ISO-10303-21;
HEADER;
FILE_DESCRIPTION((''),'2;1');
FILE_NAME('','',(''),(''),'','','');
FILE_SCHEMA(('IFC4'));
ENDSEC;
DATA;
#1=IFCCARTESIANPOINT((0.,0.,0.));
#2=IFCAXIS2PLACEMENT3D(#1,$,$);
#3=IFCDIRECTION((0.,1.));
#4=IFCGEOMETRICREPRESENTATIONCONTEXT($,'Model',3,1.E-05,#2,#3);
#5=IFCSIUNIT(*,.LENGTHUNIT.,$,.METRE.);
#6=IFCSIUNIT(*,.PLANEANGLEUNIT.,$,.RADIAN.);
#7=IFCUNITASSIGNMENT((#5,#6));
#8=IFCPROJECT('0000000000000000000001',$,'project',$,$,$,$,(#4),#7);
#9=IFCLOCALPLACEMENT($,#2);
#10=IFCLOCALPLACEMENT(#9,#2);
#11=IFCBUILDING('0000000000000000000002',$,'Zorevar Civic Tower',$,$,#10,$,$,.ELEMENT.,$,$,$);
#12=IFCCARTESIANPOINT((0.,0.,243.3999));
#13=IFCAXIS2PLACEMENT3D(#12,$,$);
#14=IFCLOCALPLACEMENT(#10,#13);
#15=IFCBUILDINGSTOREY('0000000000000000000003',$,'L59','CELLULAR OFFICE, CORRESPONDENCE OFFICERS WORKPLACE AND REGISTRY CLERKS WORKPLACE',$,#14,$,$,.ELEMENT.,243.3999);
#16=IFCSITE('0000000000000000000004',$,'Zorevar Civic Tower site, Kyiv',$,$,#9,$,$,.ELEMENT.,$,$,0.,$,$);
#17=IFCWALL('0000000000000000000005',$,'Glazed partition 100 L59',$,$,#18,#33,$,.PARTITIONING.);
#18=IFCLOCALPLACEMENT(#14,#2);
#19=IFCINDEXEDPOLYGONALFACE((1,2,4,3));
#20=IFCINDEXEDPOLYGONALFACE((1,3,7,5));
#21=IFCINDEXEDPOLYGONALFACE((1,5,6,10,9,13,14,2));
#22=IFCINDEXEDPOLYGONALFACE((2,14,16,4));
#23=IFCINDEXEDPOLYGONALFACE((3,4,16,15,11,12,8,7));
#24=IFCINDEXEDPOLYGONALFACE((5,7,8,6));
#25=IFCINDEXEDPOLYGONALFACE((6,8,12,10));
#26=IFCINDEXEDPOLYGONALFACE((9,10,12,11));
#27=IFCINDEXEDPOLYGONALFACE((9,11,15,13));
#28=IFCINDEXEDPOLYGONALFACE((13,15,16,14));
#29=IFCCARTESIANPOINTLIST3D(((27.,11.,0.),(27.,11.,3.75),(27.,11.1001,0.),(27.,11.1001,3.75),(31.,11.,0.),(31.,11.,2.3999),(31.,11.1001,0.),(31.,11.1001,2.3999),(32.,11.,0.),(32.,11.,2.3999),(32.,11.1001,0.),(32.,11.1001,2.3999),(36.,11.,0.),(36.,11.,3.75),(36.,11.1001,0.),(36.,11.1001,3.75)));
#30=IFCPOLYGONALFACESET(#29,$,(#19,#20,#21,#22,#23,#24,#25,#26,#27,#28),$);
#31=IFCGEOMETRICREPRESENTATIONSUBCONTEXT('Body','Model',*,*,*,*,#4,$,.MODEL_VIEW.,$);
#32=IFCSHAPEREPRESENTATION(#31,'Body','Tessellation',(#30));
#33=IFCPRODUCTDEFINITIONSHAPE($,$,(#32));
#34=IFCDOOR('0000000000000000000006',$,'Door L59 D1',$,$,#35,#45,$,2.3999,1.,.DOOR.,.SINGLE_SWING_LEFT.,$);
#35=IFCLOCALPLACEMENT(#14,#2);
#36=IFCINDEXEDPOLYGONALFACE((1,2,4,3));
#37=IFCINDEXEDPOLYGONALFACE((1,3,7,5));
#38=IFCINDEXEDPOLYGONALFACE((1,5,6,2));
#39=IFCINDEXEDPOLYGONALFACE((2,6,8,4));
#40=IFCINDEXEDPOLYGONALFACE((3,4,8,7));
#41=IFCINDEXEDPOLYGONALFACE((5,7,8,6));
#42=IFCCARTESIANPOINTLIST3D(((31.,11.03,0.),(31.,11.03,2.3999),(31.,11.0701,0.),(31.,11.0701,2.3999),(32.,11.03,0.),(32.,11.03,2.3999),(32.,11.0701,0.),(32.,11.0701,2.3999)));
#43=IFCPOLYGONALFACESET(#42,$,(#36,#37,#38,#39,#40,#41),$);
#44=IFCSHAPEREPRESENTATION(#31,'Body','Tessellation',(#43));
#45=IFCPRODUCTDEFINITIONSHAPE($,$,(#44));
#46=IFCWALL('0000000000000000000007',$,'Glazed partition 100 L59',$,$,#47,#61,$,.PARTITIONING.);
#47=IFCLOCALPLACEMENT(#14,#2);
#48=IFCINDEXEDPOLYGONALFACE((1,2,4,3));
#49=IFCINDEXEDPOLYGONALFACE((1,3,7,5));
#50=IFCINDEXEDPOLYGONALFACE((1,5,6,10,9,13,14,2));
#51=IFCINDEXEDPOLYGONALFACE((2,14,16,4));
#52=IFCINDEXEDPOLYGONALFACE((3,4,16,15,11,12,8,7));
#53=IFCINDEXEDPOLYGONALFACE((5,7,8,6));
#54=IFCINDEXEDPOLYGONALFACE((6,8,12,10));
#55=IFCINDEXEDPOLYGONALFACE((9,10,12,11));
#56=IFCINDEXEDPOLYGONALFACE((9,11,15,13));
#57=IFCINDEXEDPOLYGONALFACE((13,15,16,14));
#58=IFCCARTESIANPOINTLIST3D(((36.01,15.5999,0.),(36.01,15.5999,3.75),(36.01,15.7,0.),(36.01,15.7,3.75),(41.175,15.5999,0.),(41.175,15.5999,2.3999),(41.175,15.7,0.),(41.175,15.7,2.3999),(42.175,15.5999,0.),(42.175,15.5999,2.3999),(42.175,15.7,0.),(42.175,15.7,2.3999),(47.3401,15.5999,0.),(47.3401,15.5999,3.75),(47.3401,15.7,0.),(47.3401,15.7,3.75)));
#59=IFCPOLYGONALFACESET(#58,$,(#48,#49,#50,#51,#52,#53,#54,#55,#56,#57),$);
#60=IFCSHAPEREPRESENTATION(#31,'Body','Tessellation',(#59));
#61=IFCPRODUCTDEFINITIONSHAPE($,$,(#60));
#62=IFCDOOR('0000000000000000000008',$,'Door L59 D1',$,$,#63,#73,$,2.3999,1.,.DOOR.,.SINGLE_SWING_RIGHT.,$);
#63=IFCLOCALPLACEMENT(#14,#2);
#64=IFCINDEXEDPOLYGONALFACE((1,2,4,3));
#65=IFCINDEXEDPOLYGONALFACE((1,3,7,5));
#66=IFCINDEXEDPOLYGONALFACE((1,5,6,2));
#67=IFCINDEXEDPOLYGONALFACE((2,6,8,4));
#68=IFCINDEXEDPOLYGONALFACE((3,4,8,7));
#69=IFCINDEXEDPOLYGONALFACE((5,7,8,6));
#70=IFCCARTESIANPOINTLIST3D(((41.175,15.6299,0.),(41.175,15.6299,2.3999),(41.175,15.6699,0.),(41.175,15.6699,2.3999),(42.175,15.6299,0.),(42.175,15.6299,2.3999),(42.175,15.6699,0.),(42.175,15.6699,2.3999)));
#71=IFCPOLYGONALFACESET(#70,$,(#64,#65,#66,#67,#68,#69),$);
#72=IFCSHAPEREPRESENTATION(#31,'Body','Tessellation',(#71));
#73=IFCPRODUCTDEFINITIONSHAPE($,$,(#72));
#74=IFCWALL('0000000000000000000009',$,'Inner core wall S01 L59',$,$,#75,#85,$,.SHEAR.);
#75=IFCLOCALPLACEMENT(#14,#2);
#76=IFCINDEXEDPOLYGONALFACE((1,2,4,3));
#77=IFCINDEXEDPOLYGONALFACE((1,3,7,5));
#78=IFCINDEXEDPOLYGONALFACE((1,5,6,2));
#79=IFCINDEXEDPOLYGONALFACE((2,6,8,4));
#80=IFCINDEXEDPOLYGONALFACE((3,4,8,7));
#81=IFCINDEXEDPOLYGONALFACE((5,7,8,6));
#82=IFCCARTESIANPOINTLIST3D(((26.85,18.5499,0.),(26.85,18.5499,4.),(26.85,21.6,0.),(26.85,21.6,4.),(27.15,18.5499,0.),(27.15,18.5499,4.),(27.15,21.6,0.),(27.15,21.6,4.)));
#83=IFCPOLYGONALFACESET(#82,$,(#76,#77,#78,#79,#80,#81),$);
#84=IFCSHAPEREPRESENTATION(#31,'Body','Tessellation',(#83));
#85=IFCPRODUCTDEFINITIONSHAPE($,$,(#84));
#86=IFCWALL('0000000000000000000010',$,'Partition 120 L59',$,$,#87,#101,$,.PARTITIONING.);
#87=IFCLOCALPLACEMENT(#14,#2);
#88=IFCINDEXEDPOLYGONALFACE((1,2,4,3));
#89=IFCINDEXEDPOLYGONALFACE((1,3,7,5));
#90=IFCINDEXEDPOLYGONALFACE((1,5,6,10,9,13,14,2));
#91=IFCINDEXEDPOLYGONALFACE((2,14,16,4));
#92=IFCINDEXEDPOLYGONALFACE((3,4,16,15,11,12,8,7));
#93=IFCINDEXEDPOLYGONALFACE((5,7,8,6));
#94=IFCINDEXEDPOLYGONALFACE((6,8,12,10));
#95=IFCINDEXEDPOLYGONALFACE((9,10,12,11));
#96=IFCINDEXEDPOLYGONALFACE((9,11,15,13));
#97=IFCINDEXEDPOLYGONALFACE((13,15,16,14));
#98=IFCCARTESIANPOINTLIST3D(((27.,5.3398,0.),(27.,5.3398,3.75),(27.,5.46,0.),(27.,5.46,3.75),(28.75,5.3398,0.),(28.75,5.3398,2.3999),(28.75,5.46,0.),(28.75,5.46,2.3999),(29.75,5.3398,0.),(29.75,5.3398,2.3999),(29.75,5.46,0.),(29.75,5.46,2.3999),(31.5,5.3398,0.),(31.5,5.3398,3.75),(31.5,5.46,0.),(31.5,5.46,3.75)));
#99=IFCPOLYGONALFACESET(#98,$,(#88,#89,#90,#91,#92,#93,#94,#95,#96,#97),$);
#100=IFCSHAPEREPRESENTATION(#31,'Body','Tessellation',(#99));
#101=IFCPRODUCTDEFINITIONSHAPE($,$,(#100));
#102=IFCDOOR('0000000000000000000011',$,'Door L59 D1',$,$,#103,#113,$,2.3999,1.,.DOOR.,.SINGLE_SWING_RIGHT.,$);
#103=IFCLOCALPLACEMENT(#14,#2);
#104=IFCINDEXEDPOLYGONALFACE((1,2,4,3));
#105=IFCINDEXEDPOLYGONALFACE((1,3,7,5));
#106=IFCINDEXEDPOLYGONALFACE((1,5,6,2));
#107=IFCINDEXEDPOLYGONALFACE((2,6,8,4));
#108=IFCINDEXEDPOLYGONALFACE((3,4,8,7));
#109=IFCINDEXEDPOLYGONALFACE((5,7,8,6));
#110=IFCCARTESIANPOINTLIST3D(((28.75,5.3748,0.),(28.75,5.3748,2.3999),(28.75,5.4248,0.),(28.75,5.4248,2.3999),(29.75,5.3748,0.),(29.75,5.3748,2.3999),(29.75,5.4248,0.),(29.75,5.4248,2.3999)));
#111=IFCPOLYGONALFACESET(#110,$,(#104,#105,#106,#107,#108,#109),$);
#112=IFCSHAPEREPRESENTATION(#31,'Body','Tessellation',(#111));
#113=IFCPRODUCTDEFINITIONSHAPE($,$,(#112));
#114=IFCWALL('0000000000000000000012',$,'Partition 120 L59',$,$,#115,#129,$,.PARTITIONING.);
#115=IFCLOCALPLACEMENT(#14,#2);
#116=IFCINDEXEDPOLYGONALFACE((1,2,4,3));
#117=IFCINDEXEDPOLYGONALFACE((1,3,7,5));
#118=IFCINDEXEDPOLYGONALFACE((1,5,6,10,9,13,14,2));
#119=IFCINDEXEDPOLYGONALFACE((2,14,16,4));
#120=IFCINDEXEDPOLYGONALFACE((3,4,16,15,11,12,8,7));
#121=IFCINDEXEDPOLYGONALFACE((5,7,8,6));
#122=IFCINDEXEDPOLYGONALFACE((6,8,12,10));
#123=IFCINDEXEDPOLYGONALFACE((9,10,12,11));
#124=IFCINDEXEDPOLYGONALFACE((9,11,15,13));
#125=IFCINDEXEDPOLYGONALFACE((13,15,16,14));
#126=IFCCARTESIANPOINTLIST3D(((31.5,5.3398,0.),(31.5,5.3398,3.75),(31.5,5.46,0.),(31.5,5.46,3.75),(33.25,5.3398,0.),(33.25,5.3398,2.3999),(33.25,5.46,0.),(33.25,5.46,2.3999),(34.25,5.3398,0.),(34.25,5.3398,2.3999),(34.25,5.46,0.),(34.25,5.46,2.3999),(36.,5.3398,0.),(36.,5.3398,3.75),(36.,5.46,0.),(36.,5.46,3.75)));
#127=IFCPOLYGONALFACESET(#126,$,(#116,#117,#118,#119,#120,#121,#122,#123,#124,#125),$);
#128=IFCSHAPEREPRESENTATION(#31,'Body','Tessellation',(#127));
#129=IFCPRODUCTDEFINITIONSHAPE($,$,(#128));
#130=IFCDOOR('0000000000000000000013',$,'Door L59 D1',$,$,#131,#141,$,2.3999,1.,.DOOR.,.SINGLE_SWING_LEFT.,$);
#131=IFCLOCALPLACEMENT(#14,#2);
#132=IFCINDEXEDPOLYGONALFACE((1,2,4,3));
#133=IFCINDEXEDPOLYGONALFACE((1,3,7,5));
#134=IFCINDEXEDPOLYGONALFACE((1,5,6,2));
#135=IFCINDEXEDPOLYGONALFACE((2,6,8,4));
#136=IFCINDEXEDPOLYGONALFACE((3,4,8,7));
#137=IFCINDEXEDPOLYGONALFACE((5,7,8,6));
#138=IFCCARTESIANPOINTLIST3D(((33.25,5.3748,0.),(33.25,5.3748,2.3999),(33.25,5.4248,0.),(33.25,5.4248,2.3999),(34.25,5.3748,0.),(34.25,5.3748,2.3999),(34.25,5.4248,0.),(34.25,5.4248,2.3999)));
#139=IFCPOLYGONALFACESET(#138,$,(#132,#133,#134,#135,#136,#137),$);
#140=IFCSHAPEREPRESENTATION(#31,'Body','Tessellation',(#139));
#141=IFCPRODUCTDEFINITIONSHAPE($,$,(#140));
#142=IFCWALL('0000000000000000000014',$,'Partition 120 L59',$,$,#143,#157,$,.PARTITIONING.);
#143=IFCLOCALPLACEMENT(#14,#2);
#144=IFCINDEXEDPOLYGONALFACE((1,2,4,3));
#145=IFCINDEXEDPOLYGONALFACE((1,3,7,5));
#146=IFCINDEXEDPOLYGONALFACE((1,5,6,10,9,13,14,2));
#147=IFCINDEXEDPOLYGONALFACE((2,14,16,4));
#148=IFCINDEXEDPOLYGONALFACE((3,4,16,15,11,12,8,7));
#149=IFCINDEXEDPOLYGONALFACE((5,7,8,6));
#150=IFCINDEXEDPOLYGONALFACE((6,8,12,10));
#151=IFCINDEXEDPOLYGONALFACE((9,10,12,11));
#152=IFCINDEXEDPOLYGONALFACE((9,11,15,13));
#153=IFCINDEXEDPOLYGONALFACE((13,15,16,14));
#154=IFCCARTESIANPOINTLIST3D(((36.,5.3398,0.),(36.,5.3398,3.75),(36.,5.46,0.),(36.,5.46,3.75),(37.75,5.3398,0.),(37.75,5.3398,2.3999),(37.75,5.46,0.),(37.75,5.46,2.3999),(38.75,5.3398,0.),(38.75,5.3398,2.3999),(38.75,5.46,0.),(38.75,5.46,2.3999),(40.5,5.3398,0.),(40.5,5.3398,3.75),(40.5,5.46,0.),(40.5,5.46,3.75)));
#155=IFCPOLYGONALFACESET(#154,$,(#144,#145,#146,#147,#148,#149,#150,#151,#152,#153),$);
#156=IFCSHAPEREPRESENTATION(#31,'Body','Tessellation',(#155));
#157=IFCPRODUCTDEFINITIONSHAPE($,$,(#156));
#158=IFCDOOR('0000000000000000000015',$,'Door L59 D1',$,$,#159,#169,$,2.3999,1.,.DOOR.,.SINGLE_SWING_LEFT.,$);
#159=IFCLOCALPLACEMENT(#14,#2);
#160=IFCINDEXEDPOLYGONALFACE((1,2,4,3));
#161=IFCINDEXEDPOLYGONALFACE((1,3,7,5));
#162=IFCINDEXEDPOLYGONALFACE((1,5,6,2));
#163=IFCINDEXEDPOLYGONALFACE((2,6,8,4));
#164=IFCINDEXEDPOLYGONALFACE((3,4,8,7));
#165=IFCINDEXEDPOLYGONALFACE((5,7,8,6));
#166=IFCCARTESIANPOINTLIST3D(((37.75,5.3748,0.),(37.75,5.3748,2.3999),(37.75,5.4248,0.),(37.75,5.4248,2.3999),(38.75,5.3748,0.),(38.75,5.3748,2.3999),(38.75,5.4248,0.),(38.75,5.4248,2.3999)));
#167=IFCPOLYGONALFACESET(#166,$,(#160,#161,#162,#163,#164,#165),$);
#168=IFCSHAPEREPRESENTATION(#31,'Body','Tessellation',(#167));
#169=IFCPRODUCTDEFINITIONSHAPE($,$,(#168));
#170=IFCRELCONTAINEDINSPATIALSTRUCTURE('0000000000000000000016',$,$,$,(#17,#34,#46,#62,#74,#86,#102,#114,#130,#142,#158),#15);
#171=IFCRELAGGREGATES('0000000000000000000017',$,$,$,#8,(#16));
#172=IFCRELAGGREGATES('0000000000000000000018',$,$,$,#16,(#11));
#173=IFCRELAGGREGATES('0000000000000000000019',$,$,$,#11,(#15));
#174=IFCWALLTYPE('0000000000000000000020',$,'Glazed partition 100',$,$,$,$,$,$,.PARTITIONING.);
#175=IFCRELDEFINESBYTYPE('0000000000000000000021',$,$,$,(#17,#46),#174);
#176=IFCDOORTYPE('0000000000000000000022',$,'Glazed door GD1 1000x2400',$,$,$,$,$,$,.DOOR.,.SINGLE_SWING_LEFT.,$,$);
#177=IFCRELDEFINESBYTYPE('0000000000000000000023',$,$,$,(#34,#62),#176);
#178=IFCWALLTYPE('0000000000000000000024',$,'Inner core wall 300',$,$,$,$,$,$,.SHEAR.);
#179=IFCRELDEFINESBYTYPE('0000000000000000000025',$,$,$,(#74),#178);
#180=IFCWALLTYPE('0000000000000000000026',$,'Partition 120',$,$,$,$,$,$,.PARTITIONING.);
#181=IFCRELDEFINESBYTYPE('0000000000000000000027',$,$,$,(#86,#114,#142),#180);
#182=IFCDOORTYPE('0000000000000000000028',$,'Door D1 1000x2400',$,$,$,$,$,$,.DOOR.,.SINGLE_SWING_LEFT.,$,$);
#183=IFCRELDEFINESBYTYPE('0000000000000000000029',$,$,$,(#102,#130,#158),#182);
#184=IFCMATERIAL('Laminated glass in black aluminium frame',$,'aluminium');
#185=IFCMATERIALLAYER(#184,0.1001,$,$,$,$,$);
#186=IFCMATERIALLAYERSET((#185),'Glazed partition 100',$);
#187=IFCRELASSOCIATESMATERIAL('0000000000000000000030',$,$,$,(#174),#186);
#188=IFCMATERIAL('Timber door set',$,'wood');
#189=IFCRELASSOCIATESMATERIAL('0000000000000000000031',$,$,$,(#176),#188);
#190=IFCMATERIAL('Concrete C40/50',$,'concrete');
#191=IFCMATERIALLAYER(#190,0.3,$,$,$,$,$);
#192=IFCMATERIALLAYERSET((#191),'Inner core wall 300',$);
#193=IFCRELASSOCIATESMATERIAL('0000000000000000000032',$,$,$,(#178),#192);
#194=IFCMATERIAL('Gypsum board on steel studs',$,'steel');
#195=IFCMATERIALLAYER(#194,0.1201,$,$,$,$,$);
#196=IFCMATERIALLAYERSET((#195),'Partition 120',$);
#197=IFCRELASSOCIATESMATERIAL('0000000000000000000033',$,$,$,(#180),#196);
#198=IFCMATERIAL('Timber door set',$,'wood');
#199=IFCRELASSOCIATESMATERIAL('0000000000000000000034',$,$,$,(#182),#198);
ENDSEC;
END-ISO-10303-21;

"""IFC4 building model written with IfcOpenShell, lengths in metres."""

from ifc_helpers import new_model, si_unit, direction, frame, frame_2d, origin, place, context, subcontext, project, spatial, rectangle, extrude, material, layer, layer_set, type_object, element, fill, save


model = new_model("IFC4")

# Units and contexts
model_context = context("Model", 3, precision=1e-05, world=origin(), true_north=direction((0.0, 1.0)))
body_context = subcontext(model_context, "Body", "Model", "MODEL_VIEW")
ifc_project = project(units=[si_unit("LENGTHUNIT", "METRE"), si_unit("PLANEANGLEUNIT", "RADIAN")], contexts=[model_context])

# Site, building, storey
site_placement = place(None, origin())
site = spatial("IfcSite", under=ifc_project, at=site_placement, Name="Zorevar Civic Tower site, Kyiv", CompositionType="ELEMENT", RefElevation=0.0)
building_placement = place(site_placement, origin())
building = spatial("IfcBuilding", under=site, at=building_placement, Name="Zorevar Civic Tower", CompositionType="ELEMENT")
storey_placement = place(building_placement, frame((0.0, 0.0, 243.3999)))
storey = spatial("IfcBuildingStorey", under=building, at=storey_placement, Name="L59", Description="CELLULAR OFFICE, CORRESPONDENCE OFFICERS WORKPLACE AND REGISTRY CLERKS WORKPLACE", CompositionType="ELEMENT", Elevation=243.3999)

# Walls, openings, doors
ifc_material_1 = material(Name="Laminated glass in black aluminium frame", Category="aluminium")
ifc_layer_1 = layer(ifc_material_1, 0.1001)
ifc_layer_set_1 = layer_set([ifc_layer_1], Name="Glazed partition 100")
wall_type_1 = type_object("IfcWallType", Name="Glazed partition 100", PredefinedType="PARTITIONING", material=ifc_layer_set_1)
wall_1_placement = place(storey_placement, frame((27.0, 11.05, 0.0), z_axis=(0.0, 0.0, 1.0), x_axis=(1.0, 0.0, 0.0)))
wall_1 = element("IfcWall", 1, at=wall_1_placement, inside=storey, type_object=wall_type_1, Name="Glazed partition 100 L59", PredefinedType="PARTITIONING", context=body_context, shape_type="SweptSolid", body=[
    extrude(rectangle(XDim=9.0, YDim=0.1001, at=frame_2d((4.5, 0.0))), origin(), (0.0, 0.0, 1.0), 3.75),
])
opening_1_placement = place(wall_1_placement, frame((4.0, 0.0, 0.0)))
opening_1 = element("IfcOpeningElement", 2, at=opening_1_placement, cuts=wall_1, PredefinedType="OPENING", context=body_context, shape_type="SweptSolid", body=[
    extrude(rectangle(XDim=1.0, YDim=2.3999, at=frame_2d((0.5, 1.2))), frame((0.0, 0.0601, 0.0), z_axis=(0.0, -1.0, 0.0), x_axis=(1.0, 0.0, 0.0)), (0.0, 0.0, 1.0), 0.1201),
])
ifc_material_2 = material(Name="Timber door set", Category="wood")
door_type_1 = type_object("IfcDoorType", Name="Glazed door GD1 1000x2400", OperationType="SINGLE_SWING_LEFT", PredefinedType="DOOR", material=ifc_material_2)
door_1_placement = place(opening_1_placement, origin())
door_1 = element("IfcDoor", 3, at=door_1_placement, inside=storey, type_object=door_type_1, Name="Door L59 D1", OperationType="SINGLE_SWING_LEFT", OverallHeight=2.3999, OverallWidth=1.0, PredefinedType="DOOR", context=body_context, shape_type="SweptSolid", body=[
    extrude(rectangle(XDim=1.0, YDim=2.3999, at=frame_2d((0.5, 1.2))), frame((0.0, 0.02, 0.0), z_axis=(0.0, -1.0, 0.0), x_axis=(1.0, 0.0, 0.0)), (0.0, 0.0, 1.0), 0.04),
])
fill(opening_1, door_1)
wall_2_placement = place(storey_placement, frame((36.01, 15.6499, 0.0), z_axis=(0.0, 0.0, 1.0), x_axis=(1.0, 0.0, 0.0)))
wall_2 = element("IfcWall", 4, at=wall_2_placement, inside=storey, type_object=wall_type_1, Name="Glazed partition 100 L59", PredefinedType="PARTITIONING", context=body_context, shape_type="SweptSolid", body=[
    extrude(rectangle(XDim=11.3301, YDim=0.1001, at=frame_2d((5.665, 0.0))), origin(), (0.0, 0.0, 1.0), 3.75),
])
opening_2_placement = place(wall_2_placement, frame((5.165, 0.0, 0.0)))
opening_2 = element("IfcOpeningElement", 5, at=opening_2_placement, cuts=wall_2, PredefinedType="OPENING", context=body_context, shape_type="SweptSolid", body=[
    extrude(rectangle(XDim=1.0, YDim=2.3999, at=frame_2d((0.5, 1.2))), frame((0.0, 0.0601, 0.0), z_axis=(0.0, -1.0, 0.0), x_axis=(1.0, 0.0, 0.0)), (0.0, 0.0, 1.0), 0.1201),
])
door_2_placement = place(opening_2_placement, origin())
door_2 = element("IfcDoor", 6, at=door_2_placement, inside=storey, type_object=door_type_1, Name="Door L59 D1", OperationType="SINGLE_SWING_RIGHT", OverallHeight=2.3999, OverallWidth=1.0, PredefinedType="DOOR", context=body_context, shape_type="SweptSolid", body=[
    extrude(rectangle(XDim=1.0, YDim=2.3999, at=frame_2d((0.5, 1.2))), frame((0.0, 0.02, 0.0), z_axis=(0.0, -1.0, 0.0), x_axis=(1.0, 0.0, 0.0)), (0.0, 0.0, 1.0), 0.04),
])
fill(opening_2, door_2)

# Wall
ifc_material_3 = material(Name="Concrete C40/50", Category="concrete")
ifc_layer_2 = layer(ifc_material_3, 0.3)
ifc_layer_set_2 = layer_set([ifc_layer_2], Name="Inner core wall 300")
wall_type_2 = type_object("IfcWallType", Name="Inner core wall 300", PredefinedType="SHEAR", material=ifc_layer_set_2)
wall_3_placement = place(storey_placement, frame((27.0, 18.55, 0.0), z_axis=(0.0, 0.0, 1.0), x_axis=(0.0, 1.0, 0.0)))
element("IfcWall", 7, at=wall_3_placement, inside=storey, type_object=wall_type_2, Name="Inner core wall S01 L59", PredefinedType="SHEAR", context=body_context, shape_type="SweptSolid", body=[
    extrude(rectangle(XDim=3.05, YDim=0.3, at=frame_2d((1.5249, 0.0))), origin(), (0.0, 0.0, 1.0), 4.0),
])

# Walls, openings, doors
ifc_material_4 = material(Name="Gypsum board on steel studs", Category="steel")
ifc_layer_3 = layer(ifc_material_4, 0.1201)
ifc_layer_set_3 = layer_set([ifc_layer_3], Name="Partition 120")
wall_type_3 = type_object("IfcWallType", Name="Partition 120", PredefinedType="PARTITIONING", material=ifc_layer_set_3)
wall_4_placement = place(storey_placement, frame((27.0, 5.3999, 0.0), z_axis=(0.0, 0.0, 1.0), x_axis=(1.0, 0.0, 0.0)))
wall_4 = element("IfcWall", 8, at=wall_4_placement, inside=storey, type_object=wall_type_3, Name="Partition 120 L59", PredefinedType="PARTITIONING", context=body_context, shape_type="SweptSolid", body=[
    extrude(rectangle(XDim=4.5, YDim=0.1201, at=frame_2d((2.25, 0.0))), origin(), (0.0, 0.0, 1.0), 3.75),
])
opening_3_placement = place(wall_4_placement, frame((1.75, 0.0, 0.0)))
opening_3 = element("IfcOpeningElement", 9, at=opening_3_placement, cuts=wall_4, PredefinedType="OPENING", context=body_context, shape_type="SweptSolid", body=[
    extrude(rectangle(XDim=1.0, YDim=2.3999, at=frame_2d((0.5, 1.2))), frame((0.0, 0.0701, 0.0), z_axis=(0.0, -1.0, 0.0), x_axis=(1.0, 0.0, 0.0)), (0.0, 0.0, 1.0), 0.1401),
])
ifc_material_5 = material(Name="Timber door set", Category="wood")
door_type_2 = type_object("IfcDoorType", Name="Door D1 1000x2400", OperationType="SINGLE_SWING_LEFT", PredefinedType="DOOR", material=ifc_material_5)
door_3_placement = place(opening_3_placement, origin())
door_3 = element("IfcDoor", 10, at=door_3_placement, inside=storey, type_object=door_type_2, Name="Door L59 D1", OperationType="SINGLE_SWING_RIGHT", OverallHeight=2.3999, OverallWidth=1.0, PredefinedType="DOOR", context=body_context, shape_type="SweptSolid", body=[
    extrude(rectangle(XDim=1.0, YDim=2.3999, at=frame_2d((0.5, 1.2))), frame((0.0, 0.0249, 0.0), z_axis=(0.0, -1.0, 0.0), x_axis=(1.0, 0.0, 0.0)), (0.0, 0.0, 1.0), 0.05),
])
fill(opening_3, door_3)
wall_5_placement = place(storey_placement, frame((31.5, 5.3999, 0.0), z_axis=(0.0, 0.0, 1.0), x_axis=(1.0, 0.0, 0.0)))
wall_5 = element("IfcWall", 11, at=wall_5_placement, inside=storey, type_object=wall_type_3, Name="Partition 120 L59", PredefinedType="PARTITIONING", context=body_context, shape_type="SweptSolid", body=[
    extrude(rectangle(XDim=4.5, YDim=0.1201, at=frame_2d((2.25, 0.0))), origin(), (0.0, 0.0, 1.0), 3.75),
])
opening_4_placement = place(wall_5_placement, frame((1.75, 0.0, 0.0)))
opening_4 = element("IfcOpeningElement", 12, at=opening_4_placement, cuts=wall_5, PredefinedType="OPENING", context=body_context, shape_type="SweptSolid", body=[
    extrude(rectangle(XDim=1.0, YDim=2.3999, at=frame_2d((0.5, 1.2))), frame((0.0, 0.0701, 0.0), z_axis=(0.0, -1.0, 0.0), x_axis=(1.0, 0.0, 0.0)), (0.0, 0.0, 1.0), 0.1401),
])
door_4_placement = place(opening_4_placement, origin())
door_4 = element("IfcDoor", 13, at=door_4_placement, inside=storey, type_object=door_type_2, Name="Door L59 D1", OperationType="SINGLE_SWING_LEFT", OverallHeight=2.3999, OverallWidth=1.0, PredefinedType="DOOR", context=body_context, shape_type="SweptSolid", body=[
    extrude(rectangle(XDim=1.0, YDim=2.3999, at=frame_2d((0.5, 1.2))), frame((0.0, 0.0249, 0.0), z_axis=(0.0, -1.0, 0.0), x_axis=(1.0, 0.0, 0.0)), (0.0, 0.0, 1.0), 0.05),
])
fill(opening_4, door_4)
wall_6_placement = place(storey_placement, frame((36.0, 5.3999, 0.0), z_axis=(0.0, 0.0, 1.0), x_axis=(1.0, 0.0, 0.0)))
wall_6 = element("IfcWall", 14, at=wall_6_placement, inside=storey, type_object=wall_type_3, Name="Partition 120 L59", PredefinedType="PARTITIONING", context=body_context, shape_type="SweptSolid", body=[
    extrude(rectangle(XDim=4.5, YDim=0.1201, at=frame_2d((2.25, 0.0))), origin(), (0.0, 0.0, 1.0), 3.75),
])
opening_5_placement = place(wall_6_placement, frame((1.75, 0.0, 0.0)))
opening_5 = element("IfcOpeningElement", 15, at=opening_5_placement, cuts=wall_6, PredefinedType="OPENING", context=body_context, shape_type="SweptSolid", body=[
    extrude(rectangle(XDim=1.0, YDim=2.3999, at=frame_2d((0.5, 1.2))), frame((0.0, 0.0701, 0.0), z_axis=(0.0, -1.0, 0.0), x_axis=(1.0, 0.0, 0.0)), (0.0, 0.0, 1.0), 0.1401),
])
door_5_placement = place(opening_5_placement, origin())
door_5 = element("IfcDoor", 16, at=door_5_placement, inside=storey, type_object=door_type_2, Name="Door L59 D1", OperationType="SINGLE_SWING_LEFT", OverallHeight=2.3999, OverallWidth=1.0, PredefinedType="DOOR", context=body_context, shape_type="SweptSolid", body=[
    extrude(rectangle(XDim=1.0, YDim=2.3999, at=frame_2d((0.5, 1.2))), frame((0.0, 0.0249, 0.0), z_axis=(0.0, -1.0, 0.0), x_axis=(1.0, 0.0, 0.0)), (0.0, 0.0, 1.0), 0.05),
])
fill(opening_5, door_5)

save(model, "model.ifc")
